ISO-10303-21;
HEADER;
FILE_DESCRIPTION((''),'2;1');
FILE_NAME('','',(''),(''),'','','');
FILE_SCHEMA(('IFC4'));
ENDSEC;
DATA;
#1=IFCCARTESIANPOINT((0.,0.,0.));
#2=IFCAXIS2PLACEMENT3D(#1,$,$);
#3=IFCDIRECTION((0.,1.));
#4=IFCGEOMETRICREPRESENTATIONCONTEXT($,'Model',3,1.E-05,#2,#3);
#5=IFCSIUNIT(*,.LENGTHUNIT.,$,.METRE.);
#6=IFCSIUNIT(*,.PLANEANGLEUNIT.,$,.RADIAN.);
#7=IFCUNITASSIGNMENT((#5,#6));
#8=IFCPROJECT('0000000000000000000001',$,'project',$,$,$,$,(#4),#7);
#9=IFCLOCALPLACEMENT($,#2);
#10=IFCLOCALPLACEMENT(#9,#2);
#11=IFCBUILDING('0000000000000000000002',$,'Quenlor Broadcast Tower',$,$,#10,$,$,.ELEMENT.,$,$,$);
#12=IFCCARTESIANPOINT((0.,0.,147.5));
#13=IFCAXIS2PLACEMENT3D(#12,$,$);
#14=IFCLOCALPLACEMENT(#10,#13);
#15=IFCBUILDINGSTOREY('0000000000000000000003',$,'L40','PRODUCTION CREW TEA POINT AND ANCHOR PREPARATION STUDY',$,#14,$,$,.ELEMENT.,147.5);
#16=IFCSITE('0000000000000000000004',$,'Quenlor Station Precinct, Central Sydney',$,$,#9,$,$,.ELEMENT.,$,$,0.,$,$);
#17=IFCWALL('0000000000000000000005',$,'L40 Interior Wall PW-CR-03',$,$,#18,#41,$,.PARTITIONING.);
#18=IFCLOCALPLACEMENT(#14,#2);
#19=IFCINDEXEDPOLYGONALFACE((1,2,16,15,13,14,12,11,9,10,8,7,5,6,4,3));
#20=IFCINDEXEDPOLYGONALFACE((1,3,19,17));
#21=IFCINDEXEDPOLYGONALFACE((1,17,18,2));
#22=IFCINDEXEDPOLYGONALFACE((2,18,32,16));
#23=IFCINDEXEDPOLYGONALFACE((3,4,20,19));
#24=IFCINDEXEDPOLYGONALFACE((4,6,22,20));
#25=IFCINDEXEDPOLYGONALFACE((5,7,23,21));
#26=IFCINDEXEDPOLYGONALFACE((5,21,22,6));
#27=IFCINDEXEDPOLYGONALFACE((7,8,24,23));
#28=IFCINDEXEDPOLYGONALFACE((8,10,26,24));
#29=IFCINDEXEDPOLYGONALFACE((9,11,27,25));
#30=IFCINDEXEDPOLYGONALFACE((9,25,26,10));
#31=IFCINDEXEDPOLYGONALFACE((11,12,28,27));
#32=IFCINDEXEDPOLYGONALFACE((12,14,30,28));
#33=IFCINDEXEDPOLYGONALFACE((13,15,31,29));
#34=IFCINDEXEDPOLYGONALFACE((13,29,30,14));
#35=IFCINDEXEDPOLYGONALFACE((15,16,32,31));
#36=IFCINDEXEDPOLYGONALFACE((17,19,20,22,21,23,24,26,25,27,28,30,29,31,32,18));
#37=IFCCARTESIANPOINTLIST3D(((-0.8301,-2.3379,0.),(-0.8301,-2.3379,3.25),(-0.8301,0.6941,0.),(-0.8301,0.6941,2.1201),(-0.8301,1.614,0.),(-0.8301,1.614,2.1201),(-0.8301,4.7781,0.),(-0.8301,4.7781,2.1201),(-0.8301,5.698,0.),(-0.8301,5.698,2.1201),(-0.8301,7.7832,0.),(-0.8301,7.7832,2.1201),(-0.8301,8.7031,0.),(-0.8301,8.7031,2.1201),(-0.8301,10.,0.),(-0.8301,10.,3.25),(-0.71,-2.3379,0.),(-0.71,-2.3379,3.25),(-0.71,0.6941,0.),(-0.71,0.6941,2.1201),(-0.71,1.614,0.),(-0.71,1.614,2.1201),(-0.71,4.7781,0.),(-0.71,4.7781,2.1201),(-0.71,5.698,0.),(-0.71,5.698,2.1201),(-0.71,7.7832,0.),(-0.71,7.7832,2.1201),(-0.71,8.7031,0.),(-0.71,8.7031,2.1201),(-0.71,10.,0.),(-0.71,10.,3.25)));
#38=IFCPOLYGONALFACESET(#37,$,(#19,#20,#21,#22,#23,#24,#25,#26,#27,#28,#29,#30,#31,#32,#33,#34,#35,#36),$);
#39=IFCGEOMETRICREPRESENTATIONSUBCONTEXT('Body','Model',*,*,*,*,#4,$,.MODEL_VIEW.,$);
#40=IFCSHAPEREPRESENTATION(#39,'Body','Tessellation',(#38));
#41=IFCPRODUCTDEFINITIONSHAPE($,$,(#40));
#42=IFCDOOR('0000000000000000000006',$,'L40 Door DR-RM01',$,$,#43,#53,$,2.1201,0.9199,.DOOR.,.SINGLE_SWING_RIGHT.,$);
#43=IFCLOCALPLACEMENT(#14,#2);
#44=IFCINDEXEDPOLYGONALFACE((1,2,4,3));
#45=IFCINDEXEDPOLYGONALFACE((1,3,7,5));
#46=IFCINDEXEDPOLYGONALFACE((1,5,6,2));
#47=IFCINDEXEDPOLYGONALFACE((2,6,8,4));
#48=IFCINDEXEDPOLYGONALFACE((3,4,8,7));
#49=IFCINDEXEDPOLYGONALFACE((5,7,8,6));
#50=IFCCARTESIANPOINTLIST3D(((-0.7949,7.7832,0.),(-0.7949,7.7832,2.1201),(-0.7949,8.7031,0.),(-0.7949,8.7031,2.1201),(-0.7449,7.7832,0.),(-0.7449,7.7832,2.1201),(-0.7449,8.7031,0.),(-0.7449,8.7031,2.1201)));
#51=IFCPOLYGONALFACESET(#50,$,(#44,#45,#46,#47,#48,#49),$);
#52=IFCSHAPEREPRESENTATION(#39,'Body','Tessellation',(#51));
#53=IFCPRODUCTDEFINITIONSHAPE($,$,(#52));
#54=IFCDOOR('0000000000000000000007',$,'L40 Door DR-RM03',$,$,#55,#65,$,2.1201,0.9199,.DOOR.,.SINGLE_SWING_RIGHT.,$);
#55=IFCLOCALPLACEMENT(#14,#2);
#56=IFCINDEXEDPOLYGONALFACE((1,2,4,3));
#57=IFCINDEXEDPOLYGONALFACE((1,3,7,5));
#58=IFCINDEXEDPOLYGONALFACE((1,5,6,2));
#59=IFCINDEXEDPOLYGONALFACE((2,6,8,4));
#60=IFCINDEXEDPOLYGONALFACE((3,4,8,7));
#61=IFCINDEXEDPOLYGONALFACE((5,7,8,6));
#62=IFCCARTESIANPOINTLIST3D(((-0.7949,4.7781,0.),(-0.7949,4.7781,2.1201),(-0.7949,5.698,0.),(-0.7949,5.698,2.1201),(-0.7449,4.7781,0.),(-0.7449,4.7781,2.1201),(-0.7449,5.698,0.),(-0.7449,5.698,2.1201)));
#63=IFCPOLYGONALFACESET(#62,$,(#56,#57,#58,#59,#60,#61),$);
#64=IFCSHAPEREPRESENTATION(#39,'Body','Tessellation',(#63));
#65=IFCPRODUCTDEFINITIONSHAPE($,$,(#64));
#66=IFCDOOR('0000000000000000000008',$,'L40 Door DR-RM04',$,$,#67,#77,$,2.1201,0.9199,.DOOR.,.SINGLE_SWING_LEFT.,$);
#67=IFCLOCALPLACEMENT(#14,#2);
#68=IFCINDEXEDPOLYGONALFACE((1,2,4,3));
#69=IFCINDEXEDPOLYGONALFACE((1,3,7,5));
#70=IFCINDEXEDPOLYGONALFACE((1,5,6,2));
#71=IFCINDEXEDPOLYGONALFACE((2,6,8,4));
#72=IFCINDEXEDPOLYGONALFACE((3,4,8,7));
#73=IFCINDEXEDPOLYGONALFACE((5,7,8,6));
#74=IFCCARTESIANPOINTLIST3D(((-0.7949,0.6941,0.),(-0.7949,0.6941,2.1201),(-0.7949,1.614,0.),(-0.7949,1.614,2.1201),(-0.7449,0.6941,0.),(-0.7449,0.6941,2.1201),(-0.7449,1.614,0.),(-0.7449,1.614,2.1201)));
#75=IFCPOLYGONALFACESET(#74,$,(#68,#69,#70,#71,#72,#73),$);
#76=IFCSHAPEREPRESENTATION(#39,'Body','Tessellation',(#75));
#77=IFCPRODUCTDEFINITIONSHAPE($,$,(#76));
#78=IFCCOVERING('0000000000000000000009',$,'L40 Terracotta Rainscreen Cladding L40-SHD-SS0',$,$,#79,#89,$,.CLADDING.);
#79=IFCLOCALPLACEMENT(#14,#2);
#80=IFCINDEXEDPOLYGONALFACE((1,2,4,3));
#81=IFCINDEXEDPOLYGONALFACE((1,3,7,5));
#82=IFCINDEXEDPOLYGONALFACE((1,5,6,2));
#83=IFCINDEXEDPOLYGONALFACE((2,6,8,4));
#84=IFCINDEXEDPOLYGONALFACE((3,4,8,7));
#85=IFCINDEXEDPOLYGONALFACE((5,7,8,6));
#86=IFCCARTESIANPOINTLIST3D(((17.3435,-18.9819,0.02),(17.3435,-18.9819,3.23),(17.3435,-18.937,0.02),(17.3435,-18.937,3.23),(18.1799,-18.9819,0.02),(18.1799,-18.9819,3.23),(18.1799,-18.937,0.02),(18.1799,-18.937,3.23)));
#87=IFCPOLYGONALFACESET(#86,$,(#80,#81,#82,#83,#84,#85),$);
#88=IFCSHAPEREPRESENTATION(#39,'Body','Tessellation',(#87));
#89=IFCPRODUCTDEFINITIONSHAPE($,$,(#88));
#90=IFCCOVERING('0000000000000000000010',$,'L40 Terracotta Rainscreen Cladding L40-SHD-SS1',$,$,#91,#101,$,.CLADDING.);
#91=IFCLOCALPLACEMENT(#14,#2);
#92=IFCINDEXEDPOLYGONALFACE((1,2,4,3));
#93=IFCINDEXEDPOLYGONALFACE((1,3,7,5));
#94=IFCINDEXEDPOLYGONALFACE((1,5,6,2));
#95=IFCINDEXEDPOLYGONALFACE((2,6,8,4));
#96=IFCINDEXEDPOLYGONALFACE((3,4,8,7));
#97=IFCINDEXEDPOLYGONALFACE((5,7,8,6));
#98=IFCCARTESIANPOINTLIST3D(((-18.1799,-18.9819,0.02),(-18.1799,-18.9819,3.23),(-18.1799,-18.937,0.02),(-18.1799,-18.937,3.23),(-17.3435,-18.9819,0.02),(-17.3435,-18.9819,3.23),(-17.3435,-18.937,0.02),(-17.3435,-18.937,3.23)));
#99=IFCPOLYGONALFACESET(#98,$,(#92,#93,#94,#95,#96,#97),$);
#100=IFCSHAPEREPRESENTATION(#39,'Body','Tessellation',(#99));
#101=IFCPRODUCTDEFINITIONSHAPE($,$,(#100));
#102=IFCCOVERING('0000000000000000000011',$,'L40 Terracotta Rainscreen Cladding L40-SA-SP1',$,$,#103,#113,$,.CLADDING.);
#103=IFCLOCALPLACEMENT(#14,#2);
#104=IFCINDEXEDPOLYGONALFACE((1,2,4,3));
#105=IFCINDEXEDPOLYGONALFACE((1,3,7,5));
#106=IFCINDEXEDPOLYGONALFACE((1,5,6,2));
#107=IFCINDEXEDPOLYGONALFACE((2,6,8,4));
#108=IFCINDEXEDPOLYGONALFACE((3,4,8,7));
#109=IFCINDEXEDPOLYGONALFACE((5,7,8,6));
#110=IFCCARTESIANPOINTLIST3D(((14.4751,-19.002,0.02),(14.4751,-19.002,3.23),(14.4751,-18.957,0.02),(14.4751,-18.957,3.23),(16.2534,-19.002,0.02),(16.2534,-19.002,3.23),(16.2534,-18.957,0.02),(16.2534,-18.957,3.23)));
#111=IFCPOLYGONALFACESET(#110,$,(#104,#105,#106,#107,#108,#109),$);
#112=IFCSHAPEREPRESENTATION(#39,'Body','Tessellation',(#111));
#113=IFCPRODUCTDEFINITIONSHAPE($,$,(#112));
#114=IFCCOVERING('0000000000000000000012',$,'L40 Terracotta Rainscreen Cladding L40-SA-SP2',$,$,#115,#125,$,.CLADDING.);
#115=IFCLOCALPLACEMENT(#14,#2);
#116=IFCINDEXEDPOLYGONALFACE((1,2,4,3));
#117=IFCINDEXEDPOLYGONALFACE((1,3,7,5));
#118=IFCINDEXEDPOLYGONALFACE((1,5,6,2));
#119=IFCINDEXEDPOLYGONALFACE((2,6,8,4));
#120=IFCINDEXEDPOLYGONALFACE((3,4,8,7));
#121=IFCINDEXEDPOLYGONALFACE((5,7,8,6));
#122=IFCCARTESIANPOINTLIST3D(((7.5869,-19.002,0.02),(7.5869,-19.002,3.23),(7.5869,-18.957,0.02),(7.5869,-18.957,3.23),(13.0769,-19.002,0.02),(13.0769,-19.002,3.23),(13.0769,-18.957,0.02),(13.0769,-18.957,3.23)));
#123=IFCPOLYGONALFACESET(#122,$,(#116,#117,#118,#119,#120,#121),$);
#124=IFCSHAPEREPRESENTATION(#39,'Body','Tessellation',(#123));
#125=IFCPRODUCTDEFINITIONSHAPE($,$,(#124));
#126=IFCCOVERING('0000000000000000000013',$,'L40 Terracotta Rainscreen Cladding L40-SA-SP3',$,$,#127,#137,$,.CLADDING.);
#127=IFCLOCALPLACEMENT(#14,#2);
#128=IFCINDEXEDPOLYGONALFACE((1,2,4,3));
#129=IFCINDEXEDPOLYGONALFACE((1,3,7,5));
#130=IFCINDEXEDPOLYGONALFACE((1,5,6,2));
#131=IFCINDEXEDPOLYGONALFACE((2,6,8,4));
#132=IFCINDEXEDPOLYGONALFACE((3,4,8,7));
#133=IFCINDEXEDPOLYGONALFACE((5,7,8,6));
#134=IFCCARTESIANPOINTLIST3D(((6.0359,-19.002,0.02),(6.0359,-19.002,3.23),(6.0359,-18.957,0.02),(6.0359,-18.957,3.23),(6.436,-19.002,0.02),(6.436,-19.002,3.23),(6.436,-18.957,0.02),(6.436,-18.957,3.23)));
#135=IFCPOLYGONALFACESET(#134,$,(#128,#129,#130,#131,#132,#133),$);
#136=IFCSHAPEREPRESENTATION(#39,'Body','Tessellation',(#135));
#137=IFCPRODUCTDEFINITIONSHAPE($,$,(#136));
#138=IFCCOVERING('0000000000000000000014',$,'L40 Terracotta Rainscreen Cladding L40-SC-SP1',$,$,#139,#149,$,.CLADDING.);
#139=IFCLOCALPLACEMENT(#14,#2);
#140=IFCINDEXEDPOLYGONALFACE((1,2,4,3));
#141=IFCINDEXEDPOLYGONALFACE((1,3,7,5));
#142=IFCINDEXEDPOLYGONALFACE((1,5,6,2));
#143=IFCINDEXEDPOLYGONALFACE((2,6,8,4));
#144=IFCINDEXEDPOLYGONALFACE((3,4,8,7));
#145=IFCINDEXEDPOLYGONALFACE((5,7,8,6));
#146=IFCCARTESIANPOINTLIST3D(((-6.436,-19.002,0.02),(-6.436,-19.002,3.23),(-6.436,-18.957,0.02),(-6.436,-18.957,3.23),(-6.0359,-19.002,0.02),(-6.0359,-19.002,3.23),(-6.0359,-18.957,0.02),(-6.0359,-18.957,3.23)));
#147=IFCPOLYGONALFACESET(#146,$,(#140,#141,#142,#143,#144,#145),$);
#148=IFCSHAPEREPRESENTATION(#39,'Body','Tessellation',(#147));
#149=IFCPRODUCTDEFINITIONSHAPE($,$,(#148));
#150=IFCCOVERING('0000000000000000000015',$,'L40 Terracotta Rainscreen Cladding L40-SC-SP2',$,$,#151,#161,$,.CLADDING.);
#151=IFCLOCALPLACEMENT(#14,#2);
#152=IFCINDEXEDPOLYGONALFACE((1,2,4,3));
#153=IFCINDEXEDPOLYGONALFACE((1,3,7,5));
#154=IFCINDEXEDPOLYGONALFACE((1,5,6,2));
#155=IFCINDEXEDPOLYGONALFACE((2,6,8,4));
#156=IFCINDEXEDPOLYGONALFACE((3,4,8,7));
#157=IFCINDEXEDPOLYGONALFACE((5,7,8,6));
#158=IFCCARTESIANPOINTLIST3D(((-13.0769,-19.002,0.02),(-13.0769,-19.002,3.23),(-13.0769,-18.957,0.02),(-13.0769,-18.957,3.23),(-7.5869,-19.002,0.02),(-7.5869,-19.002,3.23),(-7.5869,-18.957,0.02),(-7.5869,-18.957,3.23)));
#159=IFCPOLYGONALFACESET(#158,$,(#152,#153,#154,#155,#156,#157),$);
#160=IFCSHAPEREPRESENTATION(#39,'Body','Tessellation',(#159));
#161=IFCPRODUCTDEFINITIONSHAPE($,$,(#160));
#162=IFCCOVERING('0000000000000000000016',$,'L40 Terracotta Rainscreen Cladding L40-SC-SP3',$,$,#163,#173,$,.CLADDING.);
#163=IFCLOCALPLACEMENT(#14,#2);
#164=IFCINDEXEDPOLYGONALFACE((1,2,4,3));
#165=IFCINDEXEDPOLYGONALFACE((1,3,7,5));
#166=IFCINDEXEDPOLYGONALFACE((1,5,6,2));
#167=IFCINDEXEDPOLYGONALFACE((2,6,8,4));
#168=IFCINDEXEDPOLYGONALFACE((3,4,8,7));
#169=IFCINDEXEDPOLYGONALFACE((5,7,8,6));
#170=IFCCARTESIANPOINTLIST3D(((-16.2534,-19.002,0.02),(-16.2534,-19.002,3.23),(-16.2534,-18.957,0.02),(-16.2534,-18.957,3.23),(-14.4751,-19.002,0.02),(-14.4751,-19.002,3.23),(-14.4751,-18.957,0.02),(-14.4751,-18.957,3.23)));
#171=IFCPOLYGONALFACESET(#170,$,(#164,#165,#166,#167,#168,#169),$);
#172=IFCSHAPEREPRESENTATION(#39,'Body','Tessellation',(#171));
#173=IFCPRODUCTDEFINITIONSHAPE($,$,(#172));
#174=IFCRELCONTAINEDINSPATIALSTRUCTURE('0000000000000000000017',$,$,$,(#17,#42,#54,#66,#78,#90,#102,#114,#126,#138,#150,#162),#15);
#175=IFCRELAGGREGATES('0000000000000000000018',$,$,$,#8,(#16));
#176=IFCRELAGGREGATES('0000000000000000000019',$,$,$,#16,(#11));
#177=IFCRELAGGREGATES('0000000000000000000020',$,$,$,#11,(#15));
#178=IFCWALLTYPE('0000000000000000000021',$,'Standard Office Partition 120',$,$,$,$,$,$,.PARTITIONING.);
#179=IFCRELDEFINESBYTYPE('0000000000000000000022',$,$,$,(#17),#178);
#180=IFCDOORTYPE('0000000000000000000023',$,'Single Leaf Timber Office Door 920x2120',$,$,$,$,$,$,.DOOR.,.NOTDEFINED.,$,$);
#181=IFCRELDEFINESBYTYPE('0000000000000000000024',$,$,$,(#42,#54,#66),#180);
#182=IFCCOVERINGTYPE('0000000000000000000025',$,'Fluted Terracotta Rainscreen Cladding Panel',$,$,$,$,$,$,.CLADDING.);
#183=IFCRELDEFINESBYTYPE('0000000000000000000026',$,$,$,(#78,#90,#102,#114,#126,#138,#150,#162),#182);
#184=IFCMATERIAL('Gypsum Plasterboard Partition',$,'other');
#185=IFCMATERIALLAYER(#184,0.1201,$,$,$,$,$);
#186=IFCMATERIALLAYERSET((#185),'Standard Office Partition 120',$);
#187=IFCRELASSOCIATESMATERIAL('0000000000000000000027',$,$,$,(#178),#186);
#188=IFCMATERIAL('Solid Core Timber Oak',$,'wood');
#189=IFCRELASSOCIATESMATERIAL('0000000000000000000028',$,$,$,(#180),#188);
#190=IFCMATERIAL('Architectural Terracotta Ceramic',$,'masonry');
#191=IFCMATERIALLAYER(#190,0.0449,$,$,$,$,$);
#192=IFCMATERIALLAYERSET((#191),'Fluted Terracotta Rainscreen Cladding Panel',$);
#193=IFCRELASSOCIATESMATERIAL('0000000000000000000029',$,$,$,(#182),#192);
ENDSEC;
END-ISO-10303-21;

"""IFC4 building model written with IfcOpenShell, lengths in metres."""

from ifc_helpers import new_model, si_unit, direction, frame, frame_2d, origin, place, context, subcontext, project, spatial, polyline, rectangle, outline, extrude, material, layer, layer_set, type_object, element, fill, save


model = new_model("IFC4")

# Units and contexts
model_context = context("Model", 3, precision=1e-05, world=origin(), true_north=direction((0.0, 1.0)))
body_context = subcontext(model_context, "Body", "Model", "MODEL_VIEW")
ifc_project = project(units=[si_unit("LENGTHUNIT", "METRE"), si_unit("PLANEANGLEUNIT", "RADIAN")], contexts=[model_context])

# Site, building, storey
site_placement = place(None, origin())
site = spatial("IfcSite", under=ifc_project, at=site_placement, Name="Quenlor Station Precinct, Central Sydney", CompositionType="ELEMENT", RefElevation=0.0)
building_placement = place(site_placement, origin())
building = spatial("IfcBuilding", under=site, at=building_placement, Name="Quenlor Broadcast Tower", CompositionType="ELEMENT")
storey_placement = place(building_placement, frame((0.0, 0.0, 147.5)))
storey = spatial("IfcBuildingStorey", under=building, at=storey_placement, Name="L40", Description="PRODUCTION CREW TEA POINT AND ANCHOR PREPARATION STUDY", CompositionType="ELEMENT", Elevation=147.5)

# Shared definitions
ifc_material_1 = material(Name="Gypsum Plasterboard Partition", Category="other")
ifc_layer_1 = layer(ifc_material_1, 0.1201)
ifc_layer_set_1 = layer_set([ifc_layer_1], Name="Standard Office Partition 120")
wall_type_1 = type_object("IfcWallType", Name="Standard Office Partition 120", PredefinedType="PARTITIONING", material=ifc_layer_set_1)

# Wall, openings, doors
wall_1_placement = place(storey_placement, frame((-0.77, -2.3379, 0.0), z_axis=(0.0, 0.0, 1.0), x_axis=(0.0, 1.0, 0.0)))
wall_1 = element("IfcWall", 1, at=wall_1_placement, inside=storey, type_object=wall_type_1, Name="L40 Interior Wall PW-CR-03", PredefinedType="PARTITIONING", context=body_context, shape_type="SweptSolid", body=[
    extrude(rectangle(XDim=12.3379, YDim=0.1201, at=frame_2d((6.1689, 0.0))), origin(), (0.0, 0.0, 1.0), 3.25),
])
opening_1_placement = place(wall_1_placement, frame((10.1211, 0.0, 0.0)))
opening_1 = element("IfcOpeningElement", 2, at=opening_1_placement, cuts=wall_1, PredefinedType="OPENING", context=body_context, shape_type="SweptSolid", body=[
    extrude(rectangle(XDim=0.9199, YDim=2.1201, at=frame_2d((0.46, 1.0601))), frame((0.0, 0.0701, 0.0), z_axis=(0.0, -1.0, 0.0), x_axis=(1.0, 0.0, 0.0)), (0.0, 0.0, 1.0), 0.1401),
])
opening_2_placement = place(wall_1_placement, frame((7.116, 0.0, 0.0)))
opening_2 = element("IfcOpeningElement", 3, at=opening_2_placement, cuts=wall_1, PredefinedType="OPENING", context=body_context, shape_type="SweptSolid", body=[
    extrude(rectangle(XDim=0.9199, YDim=2.1201, at=frame_2d((0.46, 1.0601))), frame((0.0, 0.0701, 0.0), z_axis=(0.0, -1.0, 0.0), x_axis=(1.0, 0.0, 0.0)), (0.0, 0.0, 1.0), 0.1401),
])
opening_3_placement = place(wall_1_placement, frame((3.032, 0.0, 0.0)))
opening_3 = element("IfcOpeningElement", 4, at=opening_3_placement, cuts=wall_1, PredefinedType="OPENING", context=body_context, shape_type="SweptSolid", body=[
    extrude(rectangle(XDim=0.9199, YDim=2.1201, at=frame_2d((0.46, 1.0601))), frame((0.0, 0.0701, 0.0), z_axis=(0.0, -1.0, 0.0), x_axis=(1.0, 0.0, 0.0)), (0.0, 0.0, 1.0), 0.1401),
])
ifc_material_2 = material(Name="Solid Core Timber Oak", Category="wood")
door_type = type_object("IfcDoorType", Name="Single Leaf Timber Office Door 920x2120", OperationType="NOTDEFINED", PredefinedType="DOOR", material=ifc_material_2)
door_1_placement = place(opening_1_placement, origin())
door_1 = element("IfcDoor", 5, at=door_1_placement, inside=storey, type_object=door_type, Name="L40 Door DR-RM01", OperationType="SINGLE_SWING_RIGHT", OverallHeight=2.1201, OverallWidth=0.9199, PredefinedType="DOOR", context=body_context, shape_type="SweptSolid", body=[
    extrude(rectangle(XDim=0.9199, YDim=2.1201, at=frame_2d((0.46, 1.0601))), frame((0.0, 0.0249, 0.0), z_axis=(0.0, -1.0, 0.0), x_axis=(1.0, 0.0, 0.0)), (0.0, 0.0, 1.0), 0.05),
])
fill(opening_1, door_1)
door_2_placement = place(opening_2_placement, origin())
door_2 = element("IfcDoor", 6, at=door_2_placement, inside=storey, type_object=door_type, Name="L40 Door DR-RM03", OperationType="SINGLE_SWING_RIGHT", OverallHeight=2.1201, OverallWidth=0.9199, PredefinedType="DOOR", context=body_context, shape_type="SweptSolid", body=[
    extrude(rectangle(XDim=0.9199, YDim=2.1201, at=frame_2d((0.46, 1.0601))), frame((0.0, 0.0249, 0.0), z_axis=(0.0, -1.0, 0.0), x_axis=(1.0, 0.0, 0.0)), (0.0, 0.0, 1.0), 0.05),
])
fill(opening_2, door_2)
door_3_placement = place(opening_3_placement, origin())
door_3 = element("IfcDoor", 7, at=door_3_placement, inside=storey, type_object=door_type, Name="L40 Door DR-RM04", OperationType="SINGLE_SWING_LEFT", OverallHeight=2.1201, OverallWidth=0.9199, PredefinedType="DOOR", context=body_context, shape_type="SweptSolid", body=[
    extrude(rectangle(XDim=0.9199, YDim=2.1201, at=frame_2d((0.46, 1.0601))), frame((0.0, 0.0249, 0.0), z_axis=(0.0, -1.0, 0.0), x_axis=(1.0, 0.0, 0.0)), (0.0, 0.0, 1.0), 0.05),
])
fill(opening_3, door_3)

# Coverings
ifc_material_3 = material(Name="Architectural Terracotta Ceramic", Category="masonry")
ifc_layer_2 = layer(ifc_material_3, 0.0449)
ifc_layer_set_2 = layer_set([ifc_layer_2], Name="Fluted Terracotta Rainscreen Cladding Panel")
covering_type = type_object("IfcCoveringType", Name="Fluted Terracotta Rainscreen Cladding Panel", PredefinedType="CLADDING", material=ifc_layer_set_2)
covering_1_placement = place(storey_placement, frame((0.0, 0.0, 0.02)))
element("IfcCovering", 8, at=covering_1_placement, inside=storey, type_object=covering_type, Name="L40 Terracotta Rainscreen Cladding L40-SHD-SS0", PredefinedType="CLADDING", context=body_context, shape_type="SweptSolid", body=[
    extrude(outline(polyline([(18.1799, -18.937), (17.3435, -18.937), (17.3435, -18.9819), (18.1799, -18.9819), (18.1799, -18.937)])), origin(), (0.0, 0.0, 1.0), 3.21),
])
covering_2_placement = place(storey_placement, frame((0.0, 0.0, 0.02)))
element("IfcCovering", 9, at=covering_2_placement, inside=storey, type_object=covering_type, Name="L40 Terracotta Rainscreen Cladding L40-SHD-SS1", PredefinedType="CLADDING", context=body_context, shape_type="SweptSolid", body=[
    extrude(outline(polyline([(-17.3435, -18.937), (-18.1799, -18.937), (-18.1799, -18.9819), (-17.3435, -18.9819), (-17.3435, -18.937)])), origin(), (0.0, 0.0, 1.0), 3.21),
])
covering_3_placement = place(storey_placement, frame((0.0, 0.0, 0.02)))
element("IfcCovering", 10, at=covering_3_placement, inside=storey, type_object=covering_type, Name="L40 Terracotta Rainscreen Cladding L40-SA-SP1", PredefinedType="CLADDING", context=body_context, shape_type="SweptSolid", body=[
    extrude(outline(polyline([(16.2534, -18.957), (14.4751, -18.957), (14.4751, -19.002), (16.2534, -19.002), (16.2534, -18.957)])), origin(), (0.0, 0.0, 1.0), 3.21),
])
covering_4_placement = place(storey_placement, frame((0.0, 0.0, 0.02)))
element("IfcCovering", 11, at=covering_4_placement, inside=storey, type_object=covering_type, Name="L40 Terracotta Rainscreen Cladding L40-SA-SP2", PredefinedType="CLADDING", context=body_context, shape_type="SweptSolid", body=[
    extrude(outline(polyline([(13.0769, -18.957), (7.5869, -18.957), (7.5869, -19.002), (13.0769, -19.002), (13.0769, -18.957)])), origin(), (0.0, 0.0, 1.0), 3.21),
])
covering_5_placement = place(storey_placement, frame((0.0, 0.0, 0.02)))
element("IfcCovering", 12, at=covering_5_placement, inside=storey, type_object=covering_type, Name="L40 Terracotta Rainscreen Cladding L40-SA-SP3", PredefinedType="CLADDING", context=body_context, shape_type="SweptSolid", body=[
    extrude(outline(polyline([(6.436, -18.957), (6.0359, -18.957), (6.0359, -19.002), (6.436, -19.002), (6.436, -18.957)])), origin(), (0.0, 0.0, 1.0), 3.21),
])
covering_6_placement = place(storey_placement, frame((0.0, 0.0, 0.02)))
element("IfcCovering", 13, at=covering_6_placement, inside=storey, type_object=covering_type, Name="L40 Terracotta Rainscreen Cladding L40-SC-SP1", PredefinedType="CLADDING", context=body_context, shape_type="SweptSolid", body=[
    extrude(outline(polyline([(-6.0359, -18.957), (-6.436, -18.957), (-6.436, -19.002), (-6.0359, -19.002), (-6.0359, -18.957)])), origin(), (0.0, 0.0, 1.0), 3.21),
])
covering_7_placement = place(storey_placement, frame((0.0, 0.0, 0.02)))
element("IfcCovering", 14, at=covering_7_placement, inside=storey, type_object=covering_type, Name="L40 Terracotta Rainscreen Cladding L40-SC-SP2", PredefinedType="CLADDING", context=body_context, shape_type="SweptSolid", body=[
    extrude(outline(polyline([(-7.5869, -18.957), (-13.0769, -18.957), (-13.0769, -19.002), (-7.5869, -19.002), (-7.5869, -18.957)])), origin(), (0.0, 0.0, 1.0), 3.21),
])
covering_8_placement = place(storey_placement, frame((0.0, 0.0, 0.02)))
element("IfcCovering", 15, at=covering_8_placement, inside=storey, type_object=covering_type, Name="L40 Terracotta Rainscreen Cladding L40-SC-SP3", PredefinedType="CLADDING", context=body_context, shape_type="SweptSolid", body=[
    extrude(outline(polyline([(-14.4751, -18.957), (-16.2534, -18.957), (-16.2534, -19.002), (-14.4751, -19.002), (-14.4751, -18.957)])), origin(), (0.0, 0.0, 1.0), 3.21),
])

save(model, "model.ifc")
